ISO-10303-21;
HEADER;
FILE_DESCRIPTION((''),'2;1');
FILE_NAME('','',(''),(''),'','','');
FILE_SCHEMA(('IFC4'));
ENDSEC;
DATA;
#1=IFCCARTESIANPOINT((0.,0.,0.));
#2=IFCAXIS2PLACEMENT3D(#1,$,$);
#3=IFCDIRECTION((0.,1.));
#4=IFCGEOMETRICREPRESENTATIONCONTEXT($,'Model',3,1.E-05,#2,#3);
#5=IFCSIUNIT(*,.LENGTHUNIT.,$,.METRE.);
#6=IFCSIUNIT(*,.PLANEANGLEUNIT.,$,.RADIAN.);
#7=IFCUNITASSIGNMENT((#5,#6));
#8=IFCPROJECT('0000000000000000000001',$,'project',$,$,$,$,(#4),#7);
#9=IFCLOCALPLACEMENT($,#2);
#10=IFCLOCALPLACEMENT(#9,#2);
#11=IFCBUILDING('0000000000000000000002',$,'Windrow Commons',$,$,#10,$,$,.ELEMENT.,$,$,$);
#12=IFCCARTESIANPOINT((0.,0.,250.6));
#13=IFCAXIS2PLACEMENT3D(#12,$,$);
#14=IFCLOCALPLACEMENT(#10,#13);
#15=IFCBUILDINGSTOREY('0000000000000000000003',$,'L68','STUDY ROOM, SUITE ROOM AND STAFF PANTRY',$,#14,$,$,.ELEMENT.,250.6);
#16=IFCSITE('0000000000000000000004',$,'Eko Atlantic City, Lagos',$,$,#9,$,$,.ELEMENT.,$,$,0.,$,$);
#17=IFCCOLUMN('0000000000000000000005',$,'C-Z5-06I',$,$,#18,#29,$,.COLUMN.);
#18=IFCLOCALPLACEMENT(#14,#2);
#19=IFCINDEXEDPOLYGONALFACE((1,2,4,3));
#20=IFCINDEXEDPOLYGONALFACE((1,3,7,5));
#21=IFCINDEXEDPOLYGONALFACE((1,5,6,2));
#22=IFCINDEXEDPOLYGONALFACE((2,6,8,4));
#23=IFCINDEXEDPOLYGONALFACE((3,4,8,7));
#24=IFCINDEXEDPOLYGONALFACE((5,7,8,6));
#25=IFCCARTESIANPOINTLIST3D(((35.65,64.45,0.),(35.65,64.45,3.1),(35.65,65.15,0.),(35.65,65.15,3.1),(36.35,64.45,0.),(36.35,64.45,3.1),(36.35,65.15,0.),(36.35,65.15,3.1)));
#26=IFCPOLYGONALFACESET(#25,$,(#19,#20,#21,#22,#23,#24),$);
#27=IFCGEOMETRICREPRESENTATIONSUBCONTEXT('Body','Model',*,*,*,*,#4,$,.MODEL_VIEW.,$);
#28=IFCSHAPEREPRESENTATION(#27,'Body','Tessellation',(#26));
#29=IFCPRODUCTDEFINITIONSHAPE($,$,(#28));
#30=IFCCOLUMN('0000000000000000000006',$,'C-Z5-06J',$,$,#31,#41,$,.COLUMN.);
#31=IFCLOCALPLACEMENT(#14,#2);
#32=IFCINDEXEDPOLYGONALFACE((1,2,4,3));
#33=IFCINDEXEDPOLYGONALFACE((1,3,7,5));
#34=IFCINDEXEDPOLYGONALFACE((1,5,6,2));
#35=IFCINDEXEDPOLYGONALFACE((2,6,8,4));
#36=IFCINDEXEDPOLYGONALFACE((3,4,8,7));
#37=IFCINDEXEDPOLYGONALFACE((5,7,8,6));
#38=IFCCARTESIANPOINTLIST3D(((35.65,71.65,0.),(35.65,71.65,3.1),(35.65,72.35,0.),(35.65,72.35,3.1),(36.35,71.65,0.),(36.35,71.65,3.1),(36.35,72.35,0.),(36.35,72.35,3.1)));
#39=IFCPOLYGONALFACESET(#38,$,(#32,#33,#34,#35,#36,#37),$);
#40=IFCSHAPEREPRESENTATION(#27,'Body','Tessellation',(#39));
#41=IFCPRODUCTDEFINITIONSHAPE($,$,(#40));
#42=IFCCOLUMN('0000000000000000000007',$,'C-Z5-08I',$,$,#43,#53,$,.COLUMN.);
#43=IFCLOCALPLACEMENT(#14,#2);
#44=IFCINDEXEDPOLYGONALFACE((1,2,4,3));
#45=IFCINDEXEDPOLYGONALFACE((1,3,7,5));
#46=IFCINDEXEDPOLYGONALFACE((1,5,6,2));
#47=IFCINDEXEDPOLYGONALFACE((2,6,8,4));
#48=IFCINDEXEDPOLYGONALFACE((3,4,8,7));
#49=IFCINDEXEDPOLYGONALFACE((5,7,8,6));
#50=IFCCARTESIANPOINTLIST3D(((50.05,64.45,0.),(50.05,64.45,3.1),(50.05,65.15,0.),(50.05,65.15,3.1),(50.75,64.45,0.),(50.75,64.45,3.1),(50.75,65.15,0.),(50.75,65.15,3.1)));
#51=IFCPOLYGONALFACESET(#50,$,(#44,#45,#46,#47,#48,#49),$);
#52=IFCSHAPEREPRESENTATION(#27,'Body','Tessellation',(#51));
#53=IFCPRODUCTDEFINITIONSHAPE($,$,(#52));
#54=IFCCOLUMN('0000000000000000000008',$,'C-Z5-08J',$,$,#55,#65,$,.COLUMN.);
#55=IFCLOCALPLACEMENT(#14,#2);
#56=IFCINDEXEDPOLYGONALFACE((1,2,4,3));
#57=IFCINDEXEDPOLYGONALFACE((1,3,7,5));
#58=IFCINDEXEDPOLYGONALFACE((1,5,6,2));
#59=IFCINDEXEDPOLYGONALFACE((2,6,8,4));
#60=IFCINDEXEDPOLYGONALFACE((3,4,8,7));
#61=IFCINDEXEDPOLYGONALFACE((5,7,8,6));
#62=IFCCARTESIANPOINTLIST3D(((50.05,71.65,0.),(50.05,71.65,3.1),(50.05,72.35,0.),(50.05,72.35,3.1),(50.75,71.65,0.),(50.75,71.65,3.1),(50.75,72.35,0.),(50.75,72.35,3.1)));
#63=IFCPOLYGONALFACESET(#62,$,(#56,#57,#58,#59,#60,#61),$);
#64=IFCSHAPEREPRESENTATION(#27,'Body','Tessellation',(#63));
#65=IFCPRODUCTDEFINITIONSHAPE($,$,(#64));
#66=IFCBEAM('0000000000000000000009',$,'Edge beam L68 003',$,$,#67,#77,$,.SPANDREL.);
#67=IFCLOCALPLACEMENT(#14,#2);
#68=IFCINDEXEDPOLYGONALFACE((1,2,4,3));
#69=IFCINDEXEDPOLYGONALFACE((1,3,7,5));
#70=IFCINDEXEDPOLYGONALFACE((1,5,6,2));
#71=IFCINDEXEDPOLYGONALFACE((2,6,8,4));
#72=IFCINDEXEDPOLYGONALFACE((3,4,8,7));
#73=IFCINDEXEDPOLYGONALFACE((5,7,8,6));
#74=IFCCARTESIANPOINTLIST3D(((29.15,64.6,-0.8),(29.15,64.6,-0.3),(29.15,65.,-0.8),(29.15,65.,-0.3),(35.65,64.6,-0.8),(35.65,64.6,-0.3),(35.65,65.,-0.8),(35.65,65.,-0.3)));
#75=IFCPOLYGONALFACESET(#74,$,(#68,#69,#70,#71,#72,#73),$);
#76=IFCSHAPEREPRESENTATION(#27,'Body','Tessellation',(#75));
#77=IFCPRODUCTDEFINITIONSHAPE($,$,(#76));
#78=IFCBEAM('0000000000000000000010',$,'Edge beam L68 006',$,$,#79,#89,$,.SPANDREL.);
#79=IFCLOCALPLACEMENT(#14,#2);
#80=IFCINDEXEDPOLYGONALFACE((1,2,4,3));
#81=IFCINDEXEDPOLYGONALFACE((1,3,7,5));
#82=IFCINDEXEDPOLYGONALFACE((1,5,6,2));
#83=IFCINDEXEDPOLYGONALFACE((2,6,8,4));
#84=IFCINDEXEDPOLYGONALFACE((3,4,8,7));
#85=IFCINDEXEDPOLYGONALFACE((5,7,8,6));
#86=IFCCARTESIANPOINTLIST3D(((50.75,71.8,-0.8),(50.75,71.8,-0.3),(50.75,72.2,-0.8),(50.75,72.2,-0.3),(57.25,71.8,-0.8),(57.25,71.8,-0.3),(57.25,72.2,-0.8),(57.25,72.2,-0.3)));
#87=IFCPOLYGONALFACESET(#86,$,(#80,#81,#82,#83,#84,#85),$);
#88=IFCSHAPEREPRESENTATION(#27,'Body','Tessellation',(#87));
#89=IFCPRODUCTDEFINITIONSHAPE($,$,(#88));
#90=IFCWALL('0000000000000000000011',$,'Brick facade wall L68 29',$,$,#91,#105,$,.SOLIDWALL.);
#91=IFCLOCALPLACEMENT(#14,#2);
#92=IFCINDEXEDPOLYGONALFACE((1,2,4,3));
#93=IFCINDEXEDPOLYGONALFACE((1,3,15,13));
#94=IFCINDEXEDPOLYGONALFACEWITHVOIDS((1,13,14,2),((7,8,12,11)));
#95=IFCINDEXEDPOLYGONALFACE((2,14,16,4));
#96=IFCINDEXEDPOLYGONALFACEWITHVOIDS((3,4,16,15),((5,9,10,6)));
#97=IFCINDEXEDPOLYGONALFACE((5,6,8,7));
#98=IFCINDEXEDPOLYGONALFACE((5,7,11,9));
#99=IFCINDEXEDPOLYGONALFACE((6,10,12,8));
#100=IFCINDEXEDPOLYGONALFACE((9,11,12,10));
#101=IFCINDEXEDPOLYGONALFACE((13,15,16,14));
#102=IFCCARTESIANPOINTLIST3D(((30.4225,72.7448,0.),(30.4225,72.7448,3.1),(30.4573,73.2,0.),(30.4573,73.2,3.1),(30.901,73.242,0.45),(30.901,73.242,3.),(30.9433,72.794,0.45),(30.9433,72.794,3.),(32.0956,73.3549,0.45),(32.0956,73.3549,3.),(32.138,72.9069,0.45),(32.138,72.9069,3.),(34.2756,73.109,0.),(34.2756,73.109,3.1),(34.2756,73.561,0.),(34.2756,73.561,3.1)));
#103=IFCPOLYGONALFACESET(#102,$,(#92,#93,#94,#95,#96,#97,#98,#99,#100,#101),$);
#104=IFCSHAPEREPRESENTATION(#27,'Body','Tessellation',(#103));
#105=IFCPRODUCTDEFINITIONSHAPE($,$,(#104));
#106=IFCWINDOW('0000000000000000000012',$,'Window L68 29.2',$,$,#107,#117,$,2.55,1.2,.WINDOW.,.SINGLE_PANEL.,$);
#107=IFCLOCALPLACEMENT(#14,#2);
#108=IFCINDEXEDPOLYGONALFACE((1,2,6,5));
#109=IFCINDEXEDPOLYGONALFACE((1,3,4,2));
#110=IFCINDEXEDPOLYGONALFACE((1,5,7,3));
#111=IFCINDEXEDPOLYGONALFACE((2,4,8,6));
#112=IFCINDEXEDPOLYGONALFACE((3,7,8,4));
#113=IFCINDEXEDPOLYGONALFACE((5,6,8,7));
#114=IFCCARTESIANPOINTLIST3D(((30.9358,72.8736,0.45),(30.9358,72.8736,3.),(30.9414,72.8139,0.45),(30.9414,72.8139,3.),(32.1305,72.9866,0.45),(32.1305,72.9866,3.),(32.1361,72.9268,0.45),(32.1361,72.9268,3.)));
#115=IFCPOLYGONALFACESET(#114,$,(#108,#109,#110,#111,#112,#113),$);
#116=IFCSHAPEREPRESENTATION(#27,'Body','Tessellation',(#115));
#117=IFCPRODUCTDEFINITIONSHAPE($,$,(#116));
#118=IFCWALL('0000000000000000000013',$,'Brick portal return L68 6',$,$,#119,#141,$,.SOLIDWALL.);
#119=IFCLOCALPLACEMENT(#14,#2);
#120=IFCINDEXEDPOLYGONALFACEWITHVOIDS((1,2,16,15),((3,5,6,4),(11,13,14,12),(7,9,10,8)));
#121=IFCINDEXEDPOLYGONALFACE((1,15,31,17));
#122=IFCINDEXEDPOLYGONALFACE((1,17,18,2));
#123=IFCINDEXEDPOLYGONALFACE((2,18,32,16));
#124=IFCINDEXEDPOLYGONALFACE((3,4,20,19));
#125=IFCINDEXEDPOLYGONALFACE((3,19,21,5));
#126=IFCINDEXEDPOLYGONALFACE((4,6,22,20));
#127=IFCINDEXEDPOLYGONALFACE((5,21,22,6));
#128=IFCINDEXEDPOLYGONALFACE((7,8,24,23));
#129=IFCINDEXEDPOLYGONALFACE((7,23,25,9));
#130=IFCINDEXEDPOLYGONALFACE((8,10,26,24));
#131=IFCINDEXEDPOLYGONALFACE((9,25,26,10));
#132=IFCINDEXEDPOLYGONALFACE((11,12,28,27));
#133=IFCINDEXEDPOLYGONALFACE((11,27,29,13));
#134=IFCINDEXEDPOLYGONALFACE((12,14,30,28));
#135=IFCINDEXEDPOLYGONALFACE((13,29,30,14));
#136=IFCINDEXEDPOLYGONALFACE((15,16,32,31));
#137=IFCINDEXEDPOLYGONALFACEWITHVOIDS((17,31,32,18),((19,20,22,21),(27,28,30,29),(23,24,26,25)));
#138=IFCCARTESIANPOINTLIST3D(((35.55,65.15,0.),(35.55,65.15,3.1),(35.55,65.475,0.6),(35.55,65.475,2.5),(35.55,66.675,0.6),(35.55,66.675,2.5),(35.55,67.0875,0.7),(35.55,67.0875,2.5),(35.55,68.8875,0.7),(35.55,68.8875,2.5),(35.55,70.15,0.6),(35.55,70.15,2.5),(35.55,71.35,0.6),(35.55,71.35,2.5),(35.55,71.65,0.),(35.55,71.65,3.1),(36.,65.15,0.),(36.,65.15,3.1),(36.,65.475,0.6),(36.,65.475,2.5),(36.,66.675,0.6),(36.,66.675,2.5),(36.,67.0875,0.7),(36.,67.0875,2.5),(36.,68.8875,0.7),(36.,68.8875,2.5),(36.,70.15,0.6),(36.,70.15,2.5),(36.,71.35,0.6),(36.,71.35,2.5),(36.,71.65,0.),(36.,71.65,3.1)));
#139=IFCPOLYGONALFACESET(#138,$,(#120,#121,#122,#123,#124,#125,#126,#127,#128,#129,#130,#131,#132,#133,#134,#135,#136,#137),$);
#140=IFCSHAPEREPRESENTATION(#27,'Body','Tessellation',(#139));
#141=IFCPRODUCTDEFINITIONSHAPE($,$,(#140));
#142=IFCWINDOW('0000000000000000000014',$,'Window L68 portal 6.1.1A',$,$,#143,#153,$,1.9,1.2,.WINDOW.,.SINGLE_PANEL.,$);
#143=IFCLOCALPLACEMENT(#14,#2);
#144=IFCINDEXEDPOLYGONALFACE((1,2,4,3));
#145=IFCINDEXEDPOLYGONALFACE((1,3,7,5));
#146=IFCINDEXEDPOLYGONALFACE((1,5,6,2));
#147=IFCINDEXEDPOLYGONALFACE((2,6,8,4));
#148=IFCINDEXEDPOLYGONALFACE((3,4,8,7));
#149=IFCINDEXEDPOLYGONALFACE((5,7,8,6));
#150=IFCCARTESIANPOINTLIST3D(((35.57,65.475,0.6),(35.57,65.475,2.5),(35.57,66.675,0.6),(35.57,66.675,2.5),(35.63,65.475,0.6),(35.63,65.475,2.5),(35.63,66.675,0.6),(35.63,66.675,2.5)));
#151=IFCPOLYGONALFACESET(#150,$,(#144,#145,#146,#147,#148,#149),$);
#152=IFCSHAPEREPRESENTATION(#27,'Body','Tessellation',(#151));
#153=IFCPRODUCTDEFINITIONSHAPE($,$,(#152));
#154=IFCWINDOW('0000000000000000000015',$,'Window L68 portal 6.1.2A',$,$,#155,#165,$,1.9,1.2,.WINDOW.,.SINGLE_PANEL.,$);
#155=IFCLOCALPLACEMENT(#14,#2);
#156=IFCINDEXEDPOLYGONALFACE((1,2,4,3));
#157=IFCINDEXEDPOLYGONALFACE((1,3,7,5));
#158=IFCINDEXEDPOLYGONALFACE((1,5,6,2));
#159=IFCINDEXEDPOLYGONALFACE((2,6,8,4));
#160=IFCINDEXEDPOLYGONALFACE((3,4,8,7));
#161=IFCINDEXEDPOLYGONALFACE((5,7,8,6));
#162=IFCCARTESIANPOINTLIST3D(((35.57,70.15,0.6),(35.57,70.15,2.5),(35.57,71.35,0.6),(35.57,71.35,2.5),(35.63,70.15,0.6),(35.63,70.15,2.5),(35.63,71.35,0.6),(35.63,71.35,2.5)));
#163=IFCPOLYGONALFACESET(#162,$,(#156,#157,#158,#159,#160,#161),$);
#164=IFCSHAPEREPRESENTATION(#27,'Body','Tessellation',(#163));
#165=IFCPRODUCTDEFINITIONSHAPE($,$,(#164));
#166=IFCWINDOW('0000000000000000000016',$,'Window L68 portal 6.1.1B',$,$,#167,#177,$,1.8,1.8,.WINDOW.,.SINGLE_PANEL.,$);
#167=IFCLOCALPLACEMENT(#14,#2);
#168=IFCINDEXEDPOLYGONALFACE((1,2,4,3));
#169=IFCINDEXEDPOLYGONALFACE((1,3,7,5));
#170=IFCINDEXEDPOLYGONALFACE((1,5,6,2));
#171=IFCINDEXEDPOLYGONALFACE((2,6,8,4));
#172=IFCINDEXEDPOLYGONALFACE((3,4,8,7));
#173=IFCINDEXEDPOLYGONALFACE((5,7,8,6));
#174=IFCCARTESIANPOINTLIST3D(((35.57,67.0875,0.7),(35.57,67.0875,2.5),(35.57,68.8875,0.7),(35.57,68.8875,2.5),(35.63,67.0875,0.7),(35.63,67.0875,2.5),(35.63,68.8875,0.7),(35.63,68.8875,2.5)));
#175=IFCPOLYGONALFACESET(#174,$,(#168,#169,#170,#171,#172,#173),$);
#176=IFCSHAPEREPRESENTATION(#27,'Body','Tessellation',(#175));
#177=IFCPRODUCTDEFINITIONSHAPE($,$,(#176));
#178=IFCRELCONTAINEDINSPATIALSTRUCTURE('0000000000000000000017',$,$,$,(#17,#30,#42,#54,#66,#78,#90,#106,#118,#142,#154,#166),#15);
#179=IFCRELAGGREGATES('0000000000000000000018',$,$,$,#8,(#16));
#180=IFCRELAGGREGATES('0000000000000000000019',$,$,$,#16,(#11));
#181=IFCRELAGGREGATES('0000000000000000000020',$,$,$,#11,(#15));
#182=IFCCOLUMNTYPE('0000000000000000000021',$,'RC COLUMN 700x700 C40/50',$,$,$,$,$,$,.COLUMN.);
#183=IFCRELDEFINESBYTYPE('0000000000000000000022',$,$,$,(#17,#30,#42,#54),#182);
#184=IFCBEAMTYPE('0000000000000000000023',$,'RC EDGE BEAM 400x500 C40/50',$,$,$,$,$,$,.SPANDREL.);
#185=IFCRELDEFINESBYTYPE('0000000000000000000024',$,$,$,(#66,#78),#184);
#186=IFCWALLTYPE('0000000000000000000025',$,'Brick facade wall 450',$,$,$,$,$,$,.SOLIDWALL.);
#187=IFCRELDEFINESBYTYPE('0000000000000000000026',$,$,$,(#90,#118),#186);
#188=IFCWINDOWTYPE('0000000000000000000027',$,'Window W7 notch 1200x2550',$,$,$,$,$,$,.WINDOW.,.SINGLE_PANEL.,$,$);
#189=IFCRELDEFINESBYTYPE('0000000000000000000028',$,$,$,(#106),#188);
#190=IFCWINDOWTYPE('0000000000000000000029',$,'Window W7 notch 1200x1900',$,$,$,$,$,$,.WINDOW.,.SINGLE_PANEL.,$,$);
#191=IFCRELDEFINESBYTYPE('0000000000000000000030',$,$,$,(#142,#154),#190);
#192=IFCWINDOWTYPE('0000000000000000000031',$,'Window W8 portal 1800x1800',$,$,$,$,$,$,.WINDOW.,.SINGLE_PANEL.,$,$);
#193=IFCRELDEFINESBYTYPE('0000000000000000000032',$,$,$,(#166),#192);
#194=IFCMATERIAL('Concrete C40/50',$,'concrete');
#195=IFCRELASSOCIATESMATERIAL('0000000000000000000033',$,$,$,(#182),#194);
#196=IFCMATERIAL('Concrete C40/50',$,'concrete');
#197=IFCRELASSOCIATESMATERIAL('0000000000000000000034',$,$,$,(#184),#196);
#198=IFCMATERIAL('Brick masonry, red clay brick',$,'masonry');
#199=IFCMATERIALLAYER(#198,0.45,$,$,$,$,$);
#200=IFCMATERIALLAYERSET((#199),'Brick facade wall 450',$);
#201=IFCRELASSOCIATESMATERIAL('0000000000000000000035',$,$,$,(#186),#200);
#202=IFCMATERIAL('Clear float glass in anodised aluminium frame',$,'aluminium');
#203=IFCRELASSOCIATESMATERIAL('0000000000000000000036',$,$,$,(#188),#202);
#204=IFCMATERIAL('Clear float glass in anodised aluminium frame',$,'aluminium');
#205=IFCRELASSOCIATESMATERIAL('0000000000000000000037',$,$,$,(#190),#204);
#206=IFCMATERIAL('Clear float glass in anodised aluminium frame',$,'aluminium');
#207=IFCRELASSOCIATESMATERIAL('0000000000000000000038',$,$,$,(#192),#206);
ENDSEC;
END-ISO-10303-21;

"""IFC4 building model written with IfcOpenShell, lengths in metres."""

from ifc_helpers import new_model, si_unit, direction, frame, frame_2d, origin, origin_2d, place, context, subcontext, project, spatial, polyline, rectangle, outline, extrude, material, layer, layer_set, material_profile, profile_set, type_object, element, fill, save


model = new_model("IFC4")

# Units and contexts
model_context = context("Model", 3, precision=1e-05, world=origin(), true_north=direction((0.0, 1.0)))
body_context = subcontext(model_context, "Body", "Model", "MODEL_VIEW")
ifc_project = project(units=[si_unit("LENGTHUNIT", "METRE"), si_unit("PLANEANGLEUNIT", "RADIAN")], contexts=[model_context])

# Site, building, storey
site_placement = place(None, origin())
site = spatial("IfcSite", under=ifc_project, at=site_placement, Name="Eko Atlantic City, Lagos", CompositionType="ELEMENT", RefElevation=0.0)
building_placement = place(site_placement, origin())
building = spatial("IfcBuilding", under=site, at=building_placement, Name="Windrow Commons", CompositionType="ELEMENT")
storey_placement = place(building_placement, frame((0.0, 0.0, 250.6)))
storey = spatial("IfcBuildingStorey", under=building, at=storey_placement, Name="L68", Description="STUDY ROOM, SUITE ROOM AND STAFF PANTRY", CompositionType="ELEMENT", Elevation=250.6)

# Columns
ifc_material_1 = material(Name="Concrete C40/50", Category="concrete")
ifc_material_profile_1 = material_profile(ifc_material_1, rectangle(XDim=0.7, YDim=0.7, at=origin_2d()))
ifc_profile_set_1 = profile_set([ifc_material_profile_1], Name="Concrete C40/50")
column_type = type_object("IfcColumnType", Name="RC COLUMN 700x700 C40/50", PredefinedType="COLUMN", material=ifc_profile_set_1)
for number, where, z_axis, x_axis, name in (
    (1, (36.0, 64.8, 0.0), (0.0, 0.0, 1.0), (1.0, 0.0, 0.0), "C-Z5-06I"),
    (2, (36.0, 72.0, 0.0), (0.0, 0.0, 1.0), (1.0, 0.0, 0.0), "C-Z5-06J"),
    (3, (50.4, 64.8, 0.0), (0.0, 0.0, 1.0), (1.0, 0.0, 0.0), "C-Z5-08I"),
    (4, (50.4, 72.0, 0.0), (0.0, 0.0, 1.0), (1.0, 0.0, 0.0), "C-Z5-08J"),
):
    element("IfcColumn", number, at=place(storey_placement, frame(where, z_axis=z_axis, x_axis=x_axis)), inside=storey, type_object=column_type, Name=name, PredefinedType="COLUMN", context=body_context, shape_type="SweptSolid", body=[
        extrude(rectangle(XDim=0.7, YDim=0.7, at=origin_2d()), origin(), (0.0, 0.0, 1.0), 3.1),
    ])

# Beams
ifc_material_2 = material(Name="Concrete C40/50", Category="concrete")
ifc_material_profile_2 = material_profile(ifc_material_2, rectangle(XDim=0.4, YDim=0.5, at=origin_2d()))
ifc_profile_set_2 = profile_set([ifc_material_profile_2], Name="Concrete C40/50")
beam_type = type_object("IfcBeamType", Name="RC EDGE BEAM 400x500 C40/50", PredefinedType="SPANDREL", material=ifc_profile_set_2)
for number, where, z_axis, x_axis, name in (
    (5, (35.65, 64.8, -0.55), (-1.0, 0.0, 0.0), (0.0, -1.0, 0.0), "Edge beam L68 003"),
    (6, (50.75, 72.0, -0.55), (1.0, 0.0, 0.0), (0.0, 1.0, 0.0), "Edge beam L68 006"),
):
    element("IfcBeam", number, at=place(storey_placement, frame(where, z_axis=z_axis, x_axis=x_axis)), inside=storey, type_object=beam_type, Name=name, PredefinedType="SPANDREL", context=body_context, shape_type="SweptSolid", body=[
        extrude(rectangle(XDim=0.4, YDim=0.5, at=origin_2d()), origin(), (0.0, 0.0, 1.0), 6.5),
    ])

# Wall, opening, window
ifc_material_3 = material(Name="Brick masonry, red clay brick", Category="masonry")
ifc_layer_1 = layer(ifc_material_3, 0.45)
ifc_layer_set_1 = layer_set([ifc_layer_1], Name="Brick facade wall 450")
wall_type_1 = type_object("IfcWallType", Name="Brick facade wall 450", PredefinedType="SOLIDWALL", material=ifc_layer_set_1)
wall_1_placement = place(storey_placement, frame((34.2756, 73.335, 0.0), z_axis=(0.0, 0.0, 1.0), x_axis=(-0.995561, -0.094113, 0.0)))
wall_1 = element("IfcWall", 7, at=wall_1_placement, inside=storey, type_object=wall_type_1, Name="Brick facade wall L68 29", PredefinedType="SOLIDWALL", context=body_context, shape_type="SweptSolid", body=[
    extrude(outline(polyline([(-0.0213, -0.225), (3.8141, -0.225), (3.8915, 0.225), (0.0213, 0.225), (-0.0213, -0.225)])), origin(), (0.0, 0.0, 1.0), 3.1),
])
opening_1_placement = place(wall_1_placement, frame((2.1684, 0.0, 0.45)))
opening_1 = element("IfcOpeningElement", 8, at=opening_1_placement, cuts=wall_1, PredefinedType="OPENING", context=body_context, shape_type="SweptSolid", body=[
    extrude(rectangle(XDim=1.2, YDim=2.55, at=frame_2d((0.6, 1.275))), frame((0.0, 0.235, 0.0), z_axis=(0.0, -1.0, 0.0), x_axis=(1.0, 0.0, 0.0)), (0.0, 0.0, 1.0), 0.47),
])
ifc_material_4 = material(Name="Clear float glass in anodised aluminium frame", Category="aluminium")
window_type_1 = type_object("IfcWindowType", Name="Window W7 notch 1200x2550", PartitioningType="SINGLE_PANEL", PredefinedType="WINDOW", material=ifc_material_4)
window_1_placement = place(opening_1_placement, origin())
window_1 = element("IfcWindow", 9, at=window_1_placement, inside=storey, type_object=window_type_1, Name="Window L68 29.2", OverallHeight=2.55, OverallWidth=1.2, PartitioningType="SINGLE_PANEL", PredefinedType="WINDOW", context=body_context, shape_type="SweptSolid", body=[
    extrude(rectangle(XDim=1.2, YDim=2.55, at=frame_2d((0.6, 1.275))), frame((0.0, 0.205, 0.0), z_axis=(0.0, -1.0, 0.0), x_axis=(1.0, 0.0, 0.0)), (0.0, 0.0, 1.0), 0.06),
])
fill(opening_1, window_1)

# Wall, openings, windows
wall_2_placement = place(storey_placement, frame((35.775, 65.15, 0.0), z_axis=(0.0, 0.0, 1.0), x_axis=(0.0, 1.0, 0.0)))
wall_2 = element("IfcWall", 10, at=wall_2_placement, inside=storey, type_object=wall_type_1, Name="Brick portal return L68 6", PredefinedType="SOLIDWALL", context=body_context, shape_type="SweptSolid", body=[
    extrude(rectangle(XDim=6.5, YDim=0.45, at=frame_2d((3.25, 0.0))), origin(), (0.0, 0.0, 1.0), 3.1),
])
opening_2_placement = place(wall_2_placement, frame((0.325, 0.0, 0.6)))
opening_2 = element("IfcOpeningElement", 11, at=opening_2_placement, cuts=wall_2, PredefinedType="OPENING", context=body_context, shape_type="SweptSolid", body=[
    extrude(rectangle(XDim=1.2, YDim=1.9, at=frame_2d((0.6, 0.95))), frame((0.0, 0.235, 0.0), z_axis=(0.0, -1.0, 0.0), x_axis=(1.0, 0.0, 0.0)), (0.0, 0.0, 1.0), 0.47),
])
opening_3_placement = place(wall_2_placement, frame((1.9375, 0.0, 0.7)))
opening_3 = element("IfcOpeningElement", 12, at=opening_3_placement, cuts=wall_2, PredefinedType="OPENING", context=body_context, shape_type="SweptSolid", body=[
    extrude(rectangle(XDim=1.8, YDim=1.8, at=frame_2d((0.9, 0.9))), frame((0.0, 0.235, 0.0), z_axis=(0.0, -1.0, 0.0), x_axis=(1.0, 0.0, 0.0)), (0.0, 0.0, 1.0), 0.47),
])
opening_4_placement = place(wall_2_placement, frame((5.0, 0.0, 0.6)))
opening_4 = element("IfcOpeningElement", 13, at=opening_4_placement, cuts=wall_2, PredefinedType="OPENING", context=body_context, shape_type="SweptSolid", body=[
    extrude(rectangle(XDim=1.2, YDim=1.9, at=frame_2d((0.6, 0.95))), frame((0.0, 0.235, 0.0), z_axis=(0.0, -1.0, 0.0), x_axis=(1.0, 0.0, 0.0)), (0.0, 0.0, 1.0), 0.47),
])
ifc_material_5 = material(Name="Clear float glass in anodised aluminium frame", Category="aluminium")
window_type_2 = type_object("IfcWindowType", Name="Window W7 notch 1200x1900", PartitioningType="SINGLE_PANEL", PredefinedType="WINDOW", material=ifc_material_5)
window_2_placement = place(opening_2_placement, origin())
window_2 = element("IfcWindow", 14, at=window_2_placement, inside=storey, type_object=window_type_2, Name="Window L68 portal 6.1.1A", OverallHeight=1.9, OverallWidth=1.2, PartitioningType="SINGLE_PANEL", PredefinedType="WINDOW", context=body_context, shape_type="SweptSolid", body=[
    extrude(rectangle(XDim=1.2, YDim=1.9, at=frame_2d((0.6, 0.95))), frame((0.0, 0.205, 0.0), z_axis=(0.0, -1.0, 0.0), x_axis=(1.0, 0.0, 0.0)), (0.0, 0.0, 1.0), 0.06),
])
fill(opening_2, window_2)
window_3_placement = place(opening_4_placement, origin())
window_3 = element("IfcWindow", 15, at=window_3_placement, inside=storey, type_object=window_type_2, Name="Window L68 portal 6.1.2A", OverallHeight=1.9, OverallWidth=1.2, PartitioningType="SINGLE_PANEL", PredefinedType="WINDOW", context=body_context, shape_type="SweptSolid", body=[
    extrude(rectangle(XDim=1.2, YDim=1.9, at=frame_2d((0.6, 0.95))), frame((0.0, 0.205, 0.0), z_axis=(0.0, -1.0, 0.0), x_axis=(1.0, 0.0, 0.0)), (0.0, 0.0, 1.0), 0.06),
])
fill(opening_4, window_3)
ifc_material_6 = material(Name="Clear float glass in anodised aluminium frame", Category="aluminium")
window_type_3 = type_object("IfcWindowType", Name="Window W8 portal 1800x1800", PartitioningType="SINGLE_PANEL", PredefinedType="WINDOW", material=ifc_material_6)
window_4_placement = place(opening_3_placement, origin())
window_4 = element("IfcWindow", 16, at=window_4_placement, inside=storey, type_object=window_type_3, Name="Window L68 portal 6.1.1B", OverallHeight=1.8, OverallWidth=1.8, PartitioningType="SINGLE_PANEL", PredefinedType="WINDOW", context=body_context, shape_type="SweptSolid", body=[
    extrude(rectangle(XDim=1.8, YDim=1.8, at=frame_2d((0.9, 0.9))), frame((0.0, 0.205, 0.0), z_axis=(0.0, -1.0, 0.0), x_axis=(1.0, 0.0, 0.0)), (0.0, 0.0, 1.0), 0.06),
])
fill(opening_3, window_4)

save(model, "model.ifc")
